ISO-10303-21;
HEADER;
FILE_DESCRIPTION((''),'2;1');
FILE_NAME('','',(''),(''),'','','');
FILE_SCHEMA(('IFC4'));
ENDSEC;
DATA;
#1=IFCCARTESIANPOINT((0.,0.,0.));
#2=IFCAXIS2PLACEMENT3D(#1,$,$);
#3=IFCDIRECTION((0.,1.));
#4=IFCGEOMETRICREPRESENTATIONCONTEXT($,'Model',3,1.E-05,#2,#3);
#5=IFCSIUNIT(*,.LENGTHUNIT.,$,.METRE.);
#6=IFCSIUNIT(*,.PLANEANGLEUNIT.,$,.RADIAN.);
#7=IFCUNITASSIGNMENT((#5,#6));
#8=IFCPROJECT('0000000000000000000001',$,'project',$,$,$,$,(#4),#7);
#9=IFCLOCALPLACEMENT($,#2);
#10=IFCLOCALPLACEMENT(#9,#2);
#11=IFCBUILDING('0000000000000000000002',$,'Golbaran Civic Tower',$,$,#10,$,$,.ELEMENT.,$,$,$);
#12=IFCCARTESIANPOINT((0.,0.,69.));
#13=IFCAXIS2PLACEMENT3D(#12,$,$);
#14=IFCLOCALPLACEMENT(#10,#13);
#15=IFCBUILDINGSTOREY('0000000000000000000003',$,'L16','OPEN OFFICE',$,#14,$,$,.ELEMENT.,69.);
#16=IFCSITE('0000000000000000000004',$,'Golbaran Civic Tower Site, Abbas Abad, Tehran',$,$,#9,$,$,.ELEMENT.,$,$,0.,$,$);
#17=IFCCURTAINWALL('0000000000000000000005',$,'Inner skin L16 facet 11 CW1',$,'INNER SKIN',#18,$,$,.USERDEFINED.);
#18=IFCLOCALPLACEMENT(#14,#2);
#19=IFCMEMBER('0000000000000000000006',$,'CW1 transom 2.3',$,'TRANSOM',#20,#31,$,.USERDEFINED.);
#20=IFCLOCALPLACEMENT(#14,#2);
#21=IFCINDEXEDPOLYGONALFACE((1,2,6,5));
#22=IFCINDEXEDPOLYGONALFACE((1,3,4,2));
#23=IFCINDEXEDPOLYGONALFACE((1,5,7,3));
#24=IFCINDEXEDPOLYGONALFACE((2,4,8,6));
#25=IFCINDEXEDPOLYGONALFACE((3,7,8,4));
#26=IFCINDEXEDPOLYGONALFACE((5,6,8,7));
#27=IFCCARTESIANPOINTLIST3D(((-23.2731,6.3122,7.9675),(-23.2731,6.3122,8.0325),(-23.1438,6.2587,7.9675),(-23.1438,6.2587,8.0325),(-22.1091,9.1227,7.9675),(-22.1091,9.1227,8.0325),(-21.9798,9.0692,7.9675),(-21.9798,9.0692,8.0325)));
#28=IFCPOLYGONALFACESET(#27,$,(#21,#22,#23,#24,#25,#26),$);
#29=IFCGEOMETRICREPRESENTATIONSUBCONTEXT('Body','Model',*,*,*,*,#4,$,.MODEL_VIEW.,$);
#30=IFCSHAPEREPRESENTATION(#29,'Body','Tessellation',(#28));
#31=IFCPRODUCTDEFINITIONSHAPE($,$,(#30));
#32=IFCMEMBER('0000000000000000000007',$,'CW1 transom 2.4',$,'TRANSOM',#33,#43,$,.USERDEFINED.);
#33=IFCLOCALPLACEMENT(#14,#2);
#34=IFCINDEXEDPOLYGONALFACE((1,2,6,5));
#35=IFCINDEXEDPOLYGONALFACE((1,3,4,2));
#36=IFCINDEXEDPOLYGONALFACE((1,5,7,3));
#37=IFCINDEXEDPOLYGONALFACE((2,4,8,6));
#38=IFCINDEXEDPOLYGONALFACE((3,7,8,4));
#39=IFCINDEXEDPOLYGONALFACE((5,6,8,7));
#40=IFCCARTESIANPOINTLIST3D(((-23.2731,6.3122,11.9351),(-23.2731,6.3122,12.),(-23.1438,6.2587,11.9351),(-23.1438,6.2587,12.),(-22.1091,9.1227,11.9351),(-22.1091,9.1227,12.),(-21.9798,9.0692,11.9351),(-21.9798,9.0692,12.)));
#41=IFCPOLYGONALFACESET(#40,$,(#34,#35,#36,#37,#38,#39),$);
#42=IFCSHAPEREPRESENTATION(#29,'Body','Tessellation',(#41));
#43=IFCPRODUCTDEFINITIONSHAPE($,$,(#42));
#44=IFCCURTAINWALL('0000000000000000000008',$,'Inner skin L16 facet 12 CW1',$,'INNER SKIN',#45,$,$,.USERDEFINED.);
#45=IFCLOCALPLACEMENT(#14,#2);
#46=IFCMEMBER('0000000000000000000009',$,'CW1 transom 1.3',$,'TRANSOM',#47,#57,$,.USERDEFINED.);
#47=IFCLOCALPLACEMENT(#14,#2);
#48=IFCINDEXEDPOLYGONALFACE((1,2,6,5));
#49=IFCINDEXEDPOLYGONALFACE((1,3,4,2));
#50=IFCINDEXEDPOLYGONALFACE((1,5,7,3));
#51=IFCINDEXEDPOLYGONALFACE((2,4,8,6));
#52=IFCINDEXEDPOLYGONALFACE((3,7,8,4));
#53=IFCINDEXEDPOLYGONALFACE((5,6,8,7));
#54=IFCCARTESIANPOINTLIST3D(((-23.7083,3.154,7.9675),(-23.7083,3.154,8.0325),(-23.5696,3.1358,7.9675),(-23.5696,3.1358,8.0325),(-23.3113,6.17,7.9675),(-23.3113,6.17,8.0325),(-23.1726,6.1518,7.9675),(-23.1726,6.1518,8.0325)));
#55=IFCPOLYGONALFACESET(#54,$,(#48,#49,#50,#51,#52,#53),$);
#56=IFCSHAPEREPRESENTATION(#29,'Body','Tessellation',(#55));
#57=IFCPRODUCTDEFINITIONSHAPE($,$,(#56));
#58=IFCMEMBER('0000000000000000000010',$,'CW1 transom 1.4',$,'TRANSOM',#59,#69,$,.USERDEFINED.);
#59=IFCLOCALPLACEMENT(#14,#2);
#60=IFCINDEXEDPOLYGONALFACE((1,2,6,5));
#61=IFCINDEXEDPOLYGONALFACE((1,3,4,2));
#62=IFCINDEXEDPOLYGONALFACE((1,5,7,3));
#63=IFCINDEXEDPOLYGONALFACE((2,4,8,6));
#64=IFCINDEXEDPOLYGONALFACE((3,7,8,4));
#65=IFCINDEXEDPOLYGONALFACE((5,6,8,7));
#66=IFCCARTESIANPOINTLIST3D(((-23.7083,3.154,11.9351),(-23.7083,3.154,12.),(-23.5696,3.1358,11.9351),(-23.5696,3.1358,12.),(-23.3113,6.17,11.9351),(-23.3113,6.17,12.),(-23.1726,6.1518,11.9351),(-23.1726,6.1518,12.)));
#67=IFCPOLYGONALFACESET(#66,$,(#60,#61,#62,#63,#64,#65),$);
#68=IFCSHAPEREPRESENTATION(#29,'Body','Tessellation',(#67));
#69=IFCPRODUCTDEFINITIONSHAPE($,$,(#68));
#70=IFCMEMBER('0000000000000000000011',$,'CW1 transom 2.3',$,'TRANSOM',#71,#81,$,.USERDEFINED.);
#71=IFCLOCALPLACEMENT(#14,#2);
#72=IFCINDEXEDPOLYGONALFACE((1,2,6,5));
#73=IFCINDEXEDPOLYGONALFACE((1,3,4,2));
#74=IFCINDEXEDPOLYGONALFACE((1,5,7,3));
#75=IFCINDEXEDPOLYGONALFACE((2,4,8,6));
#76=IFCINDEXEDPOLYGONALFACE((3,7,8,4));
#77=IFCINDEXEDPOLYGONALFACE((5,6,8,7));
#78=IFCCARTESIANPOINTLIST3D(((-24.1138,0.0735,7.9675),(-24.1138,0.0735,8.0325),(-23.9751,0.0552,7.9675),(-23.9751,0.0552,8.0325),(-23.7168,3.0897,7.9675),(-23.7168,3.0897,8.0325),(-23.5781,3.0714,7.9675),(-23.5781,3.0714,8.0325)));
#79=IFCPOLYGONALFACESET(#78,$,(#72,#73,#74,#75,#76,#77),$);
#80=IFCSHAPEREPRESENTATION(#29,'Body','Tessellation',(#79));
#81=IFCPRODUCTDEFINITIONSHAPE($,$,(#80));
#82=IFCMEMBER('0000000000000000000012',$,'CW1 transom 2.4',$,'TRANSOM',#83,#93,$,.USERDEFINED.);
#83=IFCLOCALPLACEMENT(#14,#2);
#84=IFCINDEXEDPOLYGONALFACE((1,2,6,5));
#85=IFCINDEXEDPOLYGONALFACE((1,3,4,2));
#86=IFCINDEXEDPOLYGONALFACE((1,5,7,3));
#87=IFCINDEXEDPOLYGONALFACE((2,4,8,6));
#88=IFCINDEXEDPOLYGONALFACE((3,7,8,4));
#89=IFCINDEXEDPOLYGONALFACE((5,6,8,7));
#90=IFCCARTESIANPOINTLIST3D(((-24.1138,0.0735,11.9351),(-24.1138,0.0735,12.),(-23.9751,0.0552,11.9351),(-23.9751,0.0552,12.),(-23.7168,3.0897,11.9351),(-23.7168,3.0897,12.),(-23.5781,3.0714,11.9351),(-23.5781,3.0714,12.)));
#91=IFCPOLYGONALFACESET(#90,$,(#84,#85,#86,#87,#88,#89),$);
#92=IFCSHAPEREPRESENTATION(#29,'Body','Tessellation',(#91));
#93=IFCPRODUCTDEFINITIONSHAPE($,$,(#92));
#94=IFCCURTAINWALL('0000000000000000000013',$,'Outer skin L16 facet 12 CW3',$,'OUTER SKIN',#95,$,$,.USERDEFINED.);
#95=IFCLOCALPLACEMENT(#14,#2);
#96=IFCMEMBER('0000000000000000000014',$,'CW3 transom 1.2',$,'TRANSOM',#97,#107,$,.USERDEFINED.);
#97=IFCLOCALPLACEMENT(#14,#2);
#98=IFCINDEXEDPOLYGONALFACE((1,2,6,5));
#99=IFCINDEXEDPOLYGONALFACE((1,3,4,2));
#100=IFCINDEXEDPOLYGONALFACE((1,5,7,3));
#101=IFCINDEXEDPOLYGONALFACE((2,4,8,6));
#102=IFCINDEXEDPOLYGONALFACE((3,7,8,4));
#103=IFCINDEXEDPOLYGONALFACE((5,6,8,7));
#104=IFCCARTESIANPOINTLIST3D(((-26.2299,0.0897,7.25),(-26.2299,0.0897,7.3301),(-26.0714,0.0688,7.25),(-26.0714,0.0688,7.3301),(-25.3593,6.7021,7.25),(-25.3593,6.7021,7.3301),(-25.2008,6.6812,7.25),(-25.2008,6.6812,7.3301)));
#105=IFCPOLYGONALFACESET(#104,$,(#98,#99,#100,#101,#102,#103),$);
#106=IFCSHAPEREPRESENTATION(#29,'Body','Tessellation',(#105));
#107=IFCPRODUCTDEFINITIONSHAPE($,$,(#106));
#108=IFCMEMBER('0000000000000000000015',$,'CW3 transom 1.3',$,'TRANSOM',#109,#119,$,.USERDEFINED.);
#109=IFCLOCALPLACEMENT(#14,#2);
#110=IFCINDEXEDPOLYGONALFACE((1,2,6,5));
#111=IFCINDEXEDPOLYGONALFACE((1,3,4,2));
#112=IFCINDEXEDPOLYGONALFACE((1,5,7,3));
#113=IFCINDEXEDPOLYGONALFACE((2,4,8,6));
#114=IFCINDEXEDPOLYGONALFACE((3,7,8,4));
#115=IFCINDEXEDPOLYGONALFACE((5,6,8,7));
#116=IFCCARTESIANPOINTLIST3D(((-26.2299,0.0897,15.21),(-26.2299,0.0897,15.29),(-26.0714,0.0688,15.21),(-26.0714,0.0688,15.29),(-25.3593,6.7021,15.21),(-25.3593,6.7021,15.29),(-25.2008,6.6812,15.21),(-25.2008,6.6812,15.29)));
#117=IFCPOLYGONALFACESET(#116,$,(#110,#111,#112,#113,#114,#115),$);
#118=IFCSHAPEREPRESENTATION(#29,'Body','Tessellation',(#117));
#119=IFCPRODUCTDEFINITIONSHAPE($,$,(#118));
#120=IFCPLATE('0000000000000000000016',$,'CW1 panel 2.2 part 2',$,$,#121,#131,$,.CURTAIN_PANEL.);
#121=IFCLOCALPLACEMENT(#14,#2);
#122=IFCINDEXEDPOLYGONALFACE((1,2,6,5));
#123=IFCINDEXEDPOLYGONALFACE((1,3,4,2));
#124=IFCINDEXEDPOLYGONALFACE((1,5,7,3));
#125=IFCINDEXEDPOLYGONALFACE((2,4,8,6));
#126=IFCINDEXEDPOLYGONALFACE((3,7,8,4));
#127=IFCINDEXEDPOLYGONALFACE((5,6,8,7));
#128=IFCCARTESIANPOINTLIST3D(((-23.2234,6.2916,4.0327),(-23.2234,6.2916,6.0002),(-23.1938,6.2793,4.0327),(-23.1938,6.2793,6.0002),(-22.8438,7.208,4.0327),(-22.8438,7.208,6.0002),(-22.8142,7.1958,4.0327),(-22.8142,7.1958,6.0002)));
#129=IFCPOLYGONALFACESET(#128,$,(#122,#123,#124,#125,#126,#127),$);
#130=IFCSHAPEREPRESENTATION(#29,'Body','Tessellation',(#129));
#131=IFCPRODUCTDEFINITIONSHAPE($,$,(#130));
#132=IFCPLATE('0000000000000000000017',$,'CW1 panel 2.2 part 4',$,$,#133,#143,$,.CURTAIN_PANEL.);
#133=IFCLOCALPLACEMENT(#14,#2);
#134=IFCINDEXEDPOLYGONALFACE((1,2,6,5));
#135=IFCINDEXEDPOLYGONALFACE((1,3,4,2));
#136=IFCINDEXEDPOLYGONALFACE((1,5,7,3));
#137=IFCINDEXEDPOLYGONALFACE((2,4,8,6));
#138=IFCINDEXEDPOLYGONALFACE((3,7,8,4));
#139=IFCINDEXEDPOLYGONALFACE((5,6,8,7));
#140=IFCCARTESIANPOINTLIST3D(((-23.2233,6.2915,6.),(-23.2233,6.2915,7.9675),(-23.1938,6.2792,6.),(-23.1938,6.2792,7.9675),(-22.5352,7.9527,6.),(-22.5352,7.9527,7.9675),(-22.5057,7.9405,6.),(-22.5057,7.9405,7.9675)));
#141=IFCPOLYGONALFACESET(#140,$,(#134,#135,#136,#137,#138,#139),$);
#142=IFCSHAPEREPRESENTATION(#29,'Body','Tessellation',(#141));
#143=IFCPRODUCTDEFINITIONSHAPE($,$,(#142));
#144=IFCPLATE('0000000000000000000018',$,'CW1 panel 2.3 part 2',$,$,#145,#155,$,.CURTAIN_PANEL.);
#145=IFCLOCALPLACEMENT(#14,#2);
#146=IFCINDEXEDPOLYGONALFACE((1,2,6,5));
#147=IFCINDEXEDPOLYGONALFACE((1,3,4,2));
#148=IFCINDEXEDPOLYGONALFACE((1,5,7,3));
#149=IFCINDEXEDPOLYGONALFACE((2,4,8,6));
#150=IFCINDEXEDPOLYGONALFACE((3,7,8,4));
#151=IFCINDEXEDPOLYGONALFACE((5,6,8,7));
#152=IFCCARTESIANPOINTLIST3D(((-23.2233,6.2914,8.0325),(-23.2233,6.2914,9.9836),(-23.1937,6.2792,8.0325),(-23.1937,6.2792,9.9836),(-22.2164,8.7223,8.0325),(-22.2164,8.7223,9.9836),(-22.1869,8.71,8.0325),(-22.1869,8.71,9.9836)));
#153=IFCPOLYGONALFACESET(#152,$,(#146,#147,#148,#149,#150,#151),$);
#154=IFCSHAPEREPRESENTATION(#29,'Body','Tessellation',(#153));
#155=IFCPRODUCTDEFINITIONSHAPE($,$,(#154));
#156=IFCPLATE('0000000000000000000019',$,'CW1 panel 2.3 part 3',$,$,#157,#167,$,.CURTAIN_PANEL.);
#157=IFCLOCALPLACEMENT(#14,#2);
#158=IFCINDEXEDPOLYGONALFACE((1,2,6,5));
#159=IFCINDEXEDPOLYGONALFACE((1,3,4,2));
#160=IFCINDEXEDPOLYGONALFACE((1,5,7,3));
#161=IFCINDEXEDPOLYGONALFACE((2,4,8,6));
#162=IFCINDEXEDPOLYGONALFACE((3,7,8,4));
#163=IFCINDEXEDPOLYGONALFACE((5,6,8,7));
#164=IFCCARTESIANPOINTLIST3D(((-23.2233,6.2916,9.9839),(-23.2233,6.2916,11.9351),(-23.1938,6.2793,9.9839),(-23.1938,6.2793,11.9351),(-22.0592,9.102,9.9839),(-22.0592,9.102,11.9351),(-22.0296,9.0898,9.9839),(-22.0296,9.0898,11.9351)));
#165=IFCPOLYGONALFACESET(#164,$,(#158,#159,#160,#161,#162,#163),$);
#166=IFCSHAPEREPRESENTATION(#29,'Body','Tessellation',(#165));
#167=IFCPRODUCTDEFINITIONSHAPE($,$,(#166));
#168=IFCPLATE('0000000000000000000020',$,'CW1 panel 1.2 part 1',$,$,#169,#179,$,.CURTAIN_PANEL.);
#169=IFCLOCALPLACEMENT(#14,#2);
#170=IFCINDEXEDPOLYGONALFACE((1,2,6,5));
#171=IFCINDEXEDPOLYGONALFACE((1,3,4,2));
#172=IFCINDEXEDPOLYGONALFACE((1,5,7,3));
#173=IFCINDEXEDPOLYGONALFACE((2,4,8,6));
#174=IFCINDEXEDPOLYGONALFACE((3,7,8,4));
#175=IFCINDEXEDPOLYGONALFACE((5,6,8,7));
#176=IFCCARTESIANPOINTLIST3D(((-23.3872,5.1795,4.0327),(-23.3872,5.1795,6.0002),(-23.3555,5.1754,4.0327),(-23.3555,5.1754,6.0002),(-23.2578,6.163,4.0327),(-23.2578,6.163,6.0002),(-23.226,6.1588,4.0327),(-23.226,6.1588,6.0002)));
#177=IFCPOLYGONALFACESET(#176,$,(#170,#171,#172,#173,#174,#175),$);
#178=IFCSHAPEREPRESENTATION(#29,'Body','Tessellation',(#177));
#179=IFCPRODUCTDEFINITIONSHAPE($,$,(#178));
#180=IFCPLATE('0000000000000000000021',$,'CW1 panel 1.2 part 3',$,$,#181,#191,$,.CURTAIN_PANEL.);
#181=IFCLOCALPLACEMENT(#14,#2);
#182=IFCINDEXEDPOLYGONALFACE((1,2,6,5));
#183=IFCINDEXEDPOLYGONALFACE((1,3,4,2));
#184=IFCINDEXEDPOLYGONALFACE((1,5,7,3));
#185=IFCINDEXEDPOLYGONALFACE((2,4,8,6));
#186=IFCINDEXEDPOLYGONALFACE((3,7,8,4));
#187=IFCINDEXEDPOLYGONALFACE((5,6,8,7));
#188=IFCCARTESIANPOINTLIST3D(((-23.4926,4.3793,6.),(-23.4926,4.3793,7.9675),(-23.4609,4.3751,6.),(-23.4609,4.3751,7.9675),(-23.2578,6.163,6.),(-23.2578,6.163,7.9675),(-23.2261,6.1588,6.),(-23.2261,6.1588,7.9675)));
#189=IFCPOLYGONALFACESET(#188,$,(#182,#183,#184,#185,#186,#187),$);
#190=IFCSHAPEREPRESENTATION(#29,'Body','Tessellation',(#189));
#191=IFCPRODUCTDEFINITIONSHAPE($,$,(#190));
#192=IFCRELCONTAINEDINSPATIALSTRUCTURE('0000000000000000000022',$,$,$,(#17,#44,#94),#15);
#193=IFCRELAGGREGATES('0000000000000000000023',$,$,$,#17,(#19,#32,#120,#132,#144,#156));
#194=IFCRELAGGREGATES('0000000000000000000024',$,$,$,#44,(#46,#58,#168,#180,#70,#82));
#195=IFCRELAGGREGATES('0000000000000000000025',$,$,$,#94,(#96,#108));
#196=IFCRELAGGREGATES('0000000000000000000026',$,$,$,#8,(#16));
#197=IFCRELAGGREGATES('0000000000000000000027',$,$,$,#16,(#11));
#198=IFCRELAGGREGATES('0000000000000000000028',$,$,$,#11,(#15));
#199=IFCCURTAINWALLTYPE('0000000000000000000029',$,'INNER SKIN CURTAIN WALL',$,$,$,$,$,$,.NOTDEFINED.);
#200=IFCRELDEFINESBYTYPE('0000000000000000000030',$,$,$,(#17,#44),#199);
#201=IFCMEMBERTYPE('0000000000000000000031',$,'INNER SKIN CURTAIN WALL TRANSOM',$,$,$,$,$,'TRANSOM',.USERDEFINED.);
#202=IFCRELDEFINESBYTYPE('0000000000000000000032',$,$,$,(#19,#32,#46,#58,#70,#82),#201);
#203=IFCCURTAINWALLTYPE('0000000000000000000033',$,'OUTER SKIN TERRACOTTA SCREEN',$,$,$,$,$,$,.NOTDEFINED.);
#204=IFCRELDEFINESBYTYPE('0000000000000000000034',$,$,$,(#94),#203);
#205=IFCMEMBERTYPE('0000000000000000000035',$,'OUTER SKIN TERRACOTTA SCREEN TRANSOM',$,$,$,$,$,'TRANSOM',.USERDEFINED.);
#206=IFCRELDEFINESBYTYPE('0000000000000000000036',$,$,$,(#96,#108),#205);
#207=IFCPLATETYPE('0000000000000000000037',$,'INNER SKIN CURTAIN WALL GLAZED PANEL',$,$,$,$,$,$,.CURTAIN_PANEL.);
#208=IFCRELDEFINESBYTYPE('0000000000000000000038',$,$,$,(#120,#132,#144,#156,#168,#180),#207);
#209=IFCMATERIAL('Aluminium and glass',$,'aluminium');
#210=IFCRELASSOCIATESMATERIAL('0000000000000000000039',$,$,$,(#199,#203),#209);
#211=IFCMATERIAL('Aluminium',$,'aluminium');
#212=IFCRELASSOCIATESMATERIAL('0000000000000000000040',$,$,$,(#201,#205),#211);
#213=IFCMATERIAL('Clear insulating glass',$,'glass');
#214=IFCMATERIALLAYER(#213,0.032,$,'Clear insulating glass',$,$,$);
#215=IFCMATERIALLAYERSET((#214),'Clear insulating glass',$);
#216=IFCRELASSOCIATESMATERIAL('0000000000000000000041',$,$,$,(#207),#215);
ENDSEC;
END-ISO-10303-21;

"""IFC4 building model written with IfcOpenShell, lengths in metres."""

from ifc_helpers import new_model, si_unit, direction, frame, origin, origin_2d, place, context, subcontext, project, spatial, rectangle, extrude, material, layer, layer_set, material_profile, profile_set, type_object, element, aggregate, save


model = new_model("IFC4")

# Units and contexts
model_context = context("Model", 3, precision=1e-05, world=origin(), true_north=direction((0.0, 1.0)))
body_context = subcontext(model_context, "Body", "Model", "MODEL_VIEW")
ifc_project = project(units=[si_unit("LENGTHUNIT", "METRE"), si_unit("PLANEANGLEUNIT", "RADIAN")], contexts=[model_context])

# Site, building, storey
site_placement = place(None, origin())
site = spatial("IfcSite", under=ifc_project, at=site_placement, Name="Golbaran Civic Tower Site, Abbas Abad, Tehran", CompositionType="ELEMENT", RefElevation=0.0)
building_placement = place(site_placement, origin())
building = spatial("IfcBuilding", under=site, at=building_placement, Name="Golbaran Civic Tower", CompositionType="ELEMENT")
storey_placement = place(building_placement, frame((0.0, 0.0, 69.0)))
storey = spatial("IfcBuildingStorey", under=building, at=storey_placement, Name="L16", Description="OPEN OFFICE", CompositionType="ELEMENT", Elevation=69.0)

# Curtain walls, members
ifc_material_1 = material(Name="Aluminium and glass", Category="aluminium")
curtain_wall_type_1 = type_object("IfcCurtainWallType", Name="INNER SKIN CURTAIN WALL", PredefinedType="NOTDEFINED", material=ifc_material_1)
curtain_wall_1_placement = place(storey_placement, origin())
curtain_wall_1 = element("IfcCurtainWall", 1, at=curtain_wall_1_placement, inside=storey, type_object=curtain_wall_type_1, Name="Inner skin L16 facet 11 CW1", ObjectType="INNER SKIN", PredefinedType="USERDEFINED")
ifc_material_2 = material(Name="Aluminium", Category="aluminium")
ifc_material_profile_1 = material_profile(ifc_material_2, rectangle(XDim=0.1399, YDim=0.0649, at=origin_2d()), Name="INNER SKIN CURTAIN WALL TRANSOM")
ifc_profile_set_1 = profile_set([ifc_material_profile_1], Name="Aluminium")
member_type_1 = type_object("IfcMemberType", Name="INNER SKIN CURTAIN WALL TRANSOM", ElementType="TRANSOM", PredefinedType="USERDEFINED", material=ifc_profile_set_1)
member_1_placement = place(storey_placement, frame((-22.0444, 9.0959, 8.0), z_axis=(-0.382654, -0.923892, 0.0), x_axis=(0.923892, -0.382654, 0.0)))
member_1 = element("IfcMember", 2, at=member_1_placement, type_object=member_type_1, Name="CW1 transom 2.3", ObjectType="TRANSOM", PredefinedType="USERDEFINED", context=body_context, shape_type="SweptSolid", body=[
    extrude(rectangle(XDim=0.1399, YDim=0.0649, at=origin_2d()), origin(), (0.0, 0.0, 1.0), 3.042),
])
member_2_placement = place(storey_placement, frame((-22.0444, 9.0959, 11.9675), z_axis=(-0.382654, -0.923892, 0.0), x_axis=(0.923892, -0.382654, 0.0)))
member_2 = element("IfcMember", 3, at=member_2_placement, type_object=member_type_1, Name="CW1 transom 2.4", ObjectType="TRANSOM", PredefinedType="USERDEFINED", context=body_context, shape_type="SweptSolid", body=[
    extrude(rectangle(XDim=0.1399, YDim=0.0649, at=origin_2d()), origin(), (0.0, 0.0, 1.0), 3.042),
])
curtain_wall_2_placement = place(storey_placement, origin())
curtain_wall_2 = element("IfcCurtainWall", 4, at=curtain_wall_2_placement, inside=storey, type_object=curtain_wall_type_1, Name="Inner skin L16 facet 12 CW1", ObjectType="INNER SKIN", PredefinedType="USERDEFINED")
member_3_placement = place(storey_placement, frame((-23.2419, 6.1609, 8.0), z_axis=(-0.130502, -0.991448, 0.0), x_axis=(0.991448, -0.130502, 0.0)))
member_3 = element("IfcMember", 5, at=member_3_placement, type_object=member_type_1, Name="CW1 transom 1.3", ObjectType="TRANSOM", PredefinedType="USERDEFINED", context=body_context, shape_type="SweptSolid", body=[
    extrude(rectangle(XDim=0.1399, YDim=0.0649, at=origin_2d()), origin(), (0.0, 0.0, 1.0), 3.042),
])
member_4_placement = place(storey_placement, frame((-23.2419, 6.1609, 11.9675), z_axis=(-0.130502, -0.991448, 0.0), x_axis=(0.991448, -0.130502, 0.0)))
member_4 = element("IfcMember", 6, at=member_4_placement, type_object=member_type_1, Name="CW1 transom 1.4", ObjectType="TRANSOM", PredefinedType="USERDEFINED", context=body_context, shape_type="SweptSolid", body=[
    extrude(rectangle(XDim=0.1399, YDim=0.0649, at=origin_2d()), origin(), (0.0, 0.0, 1.0), 3.042),
])
member_5_placement = place(storey_placement, frame((-23.6475, 3.0806, 8.0), z_axis=(-0.130492, -0.991449, 0.0), x_axis=(0.991449, -0.130492, 0.0)))
member_5 = element("IfcMember", 7, at=member_5_placement, type_object=member_type_1, Name="CW1 transom 2.3", ObjectType="TRANSOM", PredefinedType="USERDEFINED", context=body_context, shape_type="SweptSolid", body=[
    extrude(rectangle(XDim=0.1399, YDim=0.0649, at=origin_2d()), origin(), (0.0, 0.0, 1.0), 3.0422),
])
member_6_placement = place(storey_placement, frame((-23.6475, 3.0806, 11.9675), z_axis=(-0.130492, -0.991449, 0.0), x_axis=(0.991449, -0.130492, 0.0)))
member_6 = element("IfcMember", 8, at=member_6_placement, type_object=member_type_1, Name="CW1 transom 2.4", ObjectType="TRANSOM", PredefinedType="USERDEFINED", context=body_context, shape_type="SweptSolid", body=[
    extrude(rectangle(XDim=0.1399, YDim=0.0649, at=origin_2d()), origin(), (0.0, 0.0, 1.0), 3.0422),
])
curtain_wall_type_2 = type_object("IfcCurtainWallType", Name="OUTER SKIN TERRACOTTA SCREEN", PredefinedType="NOTDEFINED", material=ifc_material_1)
curtain_wall_3_placement = place(storey_placement, origin())
curtain_wall_3 = element("IfcCurtainWall", 9, at=curtain_wall_3_placement, inside=storey, type_object=curtain_wall_type_2, Name="Outer skin L16 facet 12 CW3", ObjectType="OUTER SKIN", PredefinedType="USERDEFINED")
ifc_material_profile_2 = material_profile(ifc_material_2, rectangle(XDim=0.1599, YDim=0.0801, at=origin_2d()), Name="OUTER SKIN TERRACOTTA SCREEN TRANSOM")
ifc_profile_set_2 = profile_set([ifc_material_profile_2], Name="Aluminium")
member_type_2 = type_object("IfcMemberType", Name="OUTER SKIN TERRACOTTA SCREEN TRANSOM", ElementType="TRANSOM", PredefinedType="USERDEFINED", material=ifc_profile_set_2)
member_7_placement = place(storey_placement, frame((-25.28, 6.6917, 7.29), z_axis=(-0.130538, -0.991443, 0.0), x_axis=(0.991443, -0.130538, 0.0)))
member_7 = element("IfcMember", 10, at=member_7_placement, type_object=member_type_2, Name="CW3 transom 1.2", ObjectType="TRANSOM", PredefinedType="USERDEFINED", context=body_context, shape_type="SweptSolid", body=[
    extrude(rectangle(XDim=0.1599, YDim=0.0801, at=origin_2d()), origin(), (0.0, 0.0, 1.0), 6.6694),
])
member_8_placement = place(storey_placement, frame((-25.28, 6.6917, 15.25), z_axis=(-0.130538, -0.991443, 0.0), x_axis=(0.991443, -0.130538, 0.0)))
member_8 = element("IfcMember", 11, at=member_8_placement, type_object=member_type_2, Name="CW3 transom 1.3", ObjectType="TRANSOM", PredefinedType="USERDEFINED", context=body_context, shape_type="SweptSolid", body=[
    extrude(rectangle(XDim=0.1599, YDim=0.0801, at=origin_2d()), origin(), (0.0, 0.0, 1.0), 6.6694),
])

# Plates
ifc_material_3 = material(Name="Clear insulating glass", Category="glass")
ifc_layer_1 = layer(ifc_material_3, 0.032, Name="Clear insulating glass")
ifc_layer_set_1 = layer_set([ifc_layer_1], Name="Clear insulating glass")
plate_type_1 = type_object("IfcPlateType", Name="INNER SKIN CURTAIN WALL GLAZED PANEL", PredefinedType="CURTAIN_PANEL", material=ifc_layer_set_1)
plate_1_placement = place(storey_placement, frame((-23.0188, 6.7437, 4.0327), z_axis=(0.0, 0.0, 1.0), x_axis=(-0.382683, -0.92388, 0.0)))
plate_1 = element("IfcPlate", 12, at=plate_1_placement, type_object=plate_type_1, Name="CW1 panel 2.2 part 2", PredefinedType="CURTAIN_PANEL", context=body_context, shape_type="SweptSolid", body=[
    extrude(rectangle(XDim=0.9919, YDim=0.032, at=origin_2d()), origin(), (0.0, 0.0, 1.0), 1.9675),
])
plate_2_placement = place(storey_placement, frame((-22.8645, 7.116, 6.0), z_axis=(0.0, 0.0, 1.0), x_axis=(-0.382683, -0.92388, 0.0)))
plate_2 = element("IfcPlate", 13, at=plate_2_placement, type_object=plate_type_1, Name="CW1 panel 2.2 part 4", PredefinedType="CURTAIN_PANEL", context=body_context, shape_type="SweptSolid", body=[
    extrude(rectangle(XDim=1.7981, YDim=0.032, at=origin_2d()), origin(), (0.0, 0.0, 1.0), 1.9675),
])
plate_3_placement = place(storey_placement, frame((-22.7051, 7.5007, 8.0325), z_axis=(0.0, 0.0, 1.0), x_axis=(-0.382683, -0.92388, 0.0)))
plate_3 = element("IfcPlate", 14, at=plate_3_placement, type_object=plate_type_1, Name="CW1 panel 2.3 part 2", PredefinedType="CURTAIN_PANEL", context=body_context, shape_type="SweptSolid", body=[
    extrude(rectangle(XDim=2.6311, YDim=0.032, at=origin_2d()), origin(), (0.0, 0.0, 1.0), 1.9512),
])
plate_4_placement = place(storey_placement, frame((-22.6265, 7.6907, 9.9839), z_axis=(0.0, 0.0, 1.0), x_axis=(-0.382683, -0.92388, 0.0)))
plate_4 = element("IfcPlate", 15, at=plate_4_placement, type_object=plate_type_1, Name="CW1 panel 2.3 part 3", PredefinedType="CURTAIN_PANEL", context=body_context, shape_type="SweptSolid", body=[
    extrude(rectangle(XDim=3.042, YDim=0.032, at=origin_2d()), origin(), (0.0, 0.0, 1.0), 1.9512),
])
plate_5_placement = place(storey_placement, frame((-23.3066, 5.6692, 4.0327), z_axis=(0.0, 0.0, 1.0), x_axis=(-0.130526, -0.991445, 0.0)))
plate_5 = element("IfcPlate", 16, at=plate_5_placement, type_object=plate_type_1, Name="CW1 panel 1.2 part 1", PredefinedType="CURTAIN_PANEL", context=body_context, shape_type="SweptSolid", body=[
    extrude(rectangle(XDim=0.9919, YDim=0.032, at=origin_2d()), origin(), (0.0, 0.0, 1.0), 1.9675),
])
plate_6_placement = place(storey_placement, frame((-23.3594, 5.269, 6.0), z_axis=(0.0, 0.0, 1.0), x_axis=(-0.130526, -0.991445, 0.0)))
plate_6 = element("IfcPlate", 17, at=plate_6_placement, type_object=plate_type_1, Name="CW1 panel 1.2 part 3", PredefinedType="CURTAIN_PANEL", context=body_context, shape_type="SweptSolid", body=[
    extrude(rectangle(XDim=1.7991, YDim=0.032, at=origin_2d()), origin(), (0.0, 0.0, 1.0), 1.9675),
])
aggregate(curtain_wall_1, [member_1, member_2, plate_1, plate_2, plate_3, plate_4])
aggregate(curtain_wall_2, [member_3, member_4, plate_5, plate_6, member_5, member_6])
aggregate(curtain_wall_3, [member_7, member_8])

save(model, "model.ifc")
